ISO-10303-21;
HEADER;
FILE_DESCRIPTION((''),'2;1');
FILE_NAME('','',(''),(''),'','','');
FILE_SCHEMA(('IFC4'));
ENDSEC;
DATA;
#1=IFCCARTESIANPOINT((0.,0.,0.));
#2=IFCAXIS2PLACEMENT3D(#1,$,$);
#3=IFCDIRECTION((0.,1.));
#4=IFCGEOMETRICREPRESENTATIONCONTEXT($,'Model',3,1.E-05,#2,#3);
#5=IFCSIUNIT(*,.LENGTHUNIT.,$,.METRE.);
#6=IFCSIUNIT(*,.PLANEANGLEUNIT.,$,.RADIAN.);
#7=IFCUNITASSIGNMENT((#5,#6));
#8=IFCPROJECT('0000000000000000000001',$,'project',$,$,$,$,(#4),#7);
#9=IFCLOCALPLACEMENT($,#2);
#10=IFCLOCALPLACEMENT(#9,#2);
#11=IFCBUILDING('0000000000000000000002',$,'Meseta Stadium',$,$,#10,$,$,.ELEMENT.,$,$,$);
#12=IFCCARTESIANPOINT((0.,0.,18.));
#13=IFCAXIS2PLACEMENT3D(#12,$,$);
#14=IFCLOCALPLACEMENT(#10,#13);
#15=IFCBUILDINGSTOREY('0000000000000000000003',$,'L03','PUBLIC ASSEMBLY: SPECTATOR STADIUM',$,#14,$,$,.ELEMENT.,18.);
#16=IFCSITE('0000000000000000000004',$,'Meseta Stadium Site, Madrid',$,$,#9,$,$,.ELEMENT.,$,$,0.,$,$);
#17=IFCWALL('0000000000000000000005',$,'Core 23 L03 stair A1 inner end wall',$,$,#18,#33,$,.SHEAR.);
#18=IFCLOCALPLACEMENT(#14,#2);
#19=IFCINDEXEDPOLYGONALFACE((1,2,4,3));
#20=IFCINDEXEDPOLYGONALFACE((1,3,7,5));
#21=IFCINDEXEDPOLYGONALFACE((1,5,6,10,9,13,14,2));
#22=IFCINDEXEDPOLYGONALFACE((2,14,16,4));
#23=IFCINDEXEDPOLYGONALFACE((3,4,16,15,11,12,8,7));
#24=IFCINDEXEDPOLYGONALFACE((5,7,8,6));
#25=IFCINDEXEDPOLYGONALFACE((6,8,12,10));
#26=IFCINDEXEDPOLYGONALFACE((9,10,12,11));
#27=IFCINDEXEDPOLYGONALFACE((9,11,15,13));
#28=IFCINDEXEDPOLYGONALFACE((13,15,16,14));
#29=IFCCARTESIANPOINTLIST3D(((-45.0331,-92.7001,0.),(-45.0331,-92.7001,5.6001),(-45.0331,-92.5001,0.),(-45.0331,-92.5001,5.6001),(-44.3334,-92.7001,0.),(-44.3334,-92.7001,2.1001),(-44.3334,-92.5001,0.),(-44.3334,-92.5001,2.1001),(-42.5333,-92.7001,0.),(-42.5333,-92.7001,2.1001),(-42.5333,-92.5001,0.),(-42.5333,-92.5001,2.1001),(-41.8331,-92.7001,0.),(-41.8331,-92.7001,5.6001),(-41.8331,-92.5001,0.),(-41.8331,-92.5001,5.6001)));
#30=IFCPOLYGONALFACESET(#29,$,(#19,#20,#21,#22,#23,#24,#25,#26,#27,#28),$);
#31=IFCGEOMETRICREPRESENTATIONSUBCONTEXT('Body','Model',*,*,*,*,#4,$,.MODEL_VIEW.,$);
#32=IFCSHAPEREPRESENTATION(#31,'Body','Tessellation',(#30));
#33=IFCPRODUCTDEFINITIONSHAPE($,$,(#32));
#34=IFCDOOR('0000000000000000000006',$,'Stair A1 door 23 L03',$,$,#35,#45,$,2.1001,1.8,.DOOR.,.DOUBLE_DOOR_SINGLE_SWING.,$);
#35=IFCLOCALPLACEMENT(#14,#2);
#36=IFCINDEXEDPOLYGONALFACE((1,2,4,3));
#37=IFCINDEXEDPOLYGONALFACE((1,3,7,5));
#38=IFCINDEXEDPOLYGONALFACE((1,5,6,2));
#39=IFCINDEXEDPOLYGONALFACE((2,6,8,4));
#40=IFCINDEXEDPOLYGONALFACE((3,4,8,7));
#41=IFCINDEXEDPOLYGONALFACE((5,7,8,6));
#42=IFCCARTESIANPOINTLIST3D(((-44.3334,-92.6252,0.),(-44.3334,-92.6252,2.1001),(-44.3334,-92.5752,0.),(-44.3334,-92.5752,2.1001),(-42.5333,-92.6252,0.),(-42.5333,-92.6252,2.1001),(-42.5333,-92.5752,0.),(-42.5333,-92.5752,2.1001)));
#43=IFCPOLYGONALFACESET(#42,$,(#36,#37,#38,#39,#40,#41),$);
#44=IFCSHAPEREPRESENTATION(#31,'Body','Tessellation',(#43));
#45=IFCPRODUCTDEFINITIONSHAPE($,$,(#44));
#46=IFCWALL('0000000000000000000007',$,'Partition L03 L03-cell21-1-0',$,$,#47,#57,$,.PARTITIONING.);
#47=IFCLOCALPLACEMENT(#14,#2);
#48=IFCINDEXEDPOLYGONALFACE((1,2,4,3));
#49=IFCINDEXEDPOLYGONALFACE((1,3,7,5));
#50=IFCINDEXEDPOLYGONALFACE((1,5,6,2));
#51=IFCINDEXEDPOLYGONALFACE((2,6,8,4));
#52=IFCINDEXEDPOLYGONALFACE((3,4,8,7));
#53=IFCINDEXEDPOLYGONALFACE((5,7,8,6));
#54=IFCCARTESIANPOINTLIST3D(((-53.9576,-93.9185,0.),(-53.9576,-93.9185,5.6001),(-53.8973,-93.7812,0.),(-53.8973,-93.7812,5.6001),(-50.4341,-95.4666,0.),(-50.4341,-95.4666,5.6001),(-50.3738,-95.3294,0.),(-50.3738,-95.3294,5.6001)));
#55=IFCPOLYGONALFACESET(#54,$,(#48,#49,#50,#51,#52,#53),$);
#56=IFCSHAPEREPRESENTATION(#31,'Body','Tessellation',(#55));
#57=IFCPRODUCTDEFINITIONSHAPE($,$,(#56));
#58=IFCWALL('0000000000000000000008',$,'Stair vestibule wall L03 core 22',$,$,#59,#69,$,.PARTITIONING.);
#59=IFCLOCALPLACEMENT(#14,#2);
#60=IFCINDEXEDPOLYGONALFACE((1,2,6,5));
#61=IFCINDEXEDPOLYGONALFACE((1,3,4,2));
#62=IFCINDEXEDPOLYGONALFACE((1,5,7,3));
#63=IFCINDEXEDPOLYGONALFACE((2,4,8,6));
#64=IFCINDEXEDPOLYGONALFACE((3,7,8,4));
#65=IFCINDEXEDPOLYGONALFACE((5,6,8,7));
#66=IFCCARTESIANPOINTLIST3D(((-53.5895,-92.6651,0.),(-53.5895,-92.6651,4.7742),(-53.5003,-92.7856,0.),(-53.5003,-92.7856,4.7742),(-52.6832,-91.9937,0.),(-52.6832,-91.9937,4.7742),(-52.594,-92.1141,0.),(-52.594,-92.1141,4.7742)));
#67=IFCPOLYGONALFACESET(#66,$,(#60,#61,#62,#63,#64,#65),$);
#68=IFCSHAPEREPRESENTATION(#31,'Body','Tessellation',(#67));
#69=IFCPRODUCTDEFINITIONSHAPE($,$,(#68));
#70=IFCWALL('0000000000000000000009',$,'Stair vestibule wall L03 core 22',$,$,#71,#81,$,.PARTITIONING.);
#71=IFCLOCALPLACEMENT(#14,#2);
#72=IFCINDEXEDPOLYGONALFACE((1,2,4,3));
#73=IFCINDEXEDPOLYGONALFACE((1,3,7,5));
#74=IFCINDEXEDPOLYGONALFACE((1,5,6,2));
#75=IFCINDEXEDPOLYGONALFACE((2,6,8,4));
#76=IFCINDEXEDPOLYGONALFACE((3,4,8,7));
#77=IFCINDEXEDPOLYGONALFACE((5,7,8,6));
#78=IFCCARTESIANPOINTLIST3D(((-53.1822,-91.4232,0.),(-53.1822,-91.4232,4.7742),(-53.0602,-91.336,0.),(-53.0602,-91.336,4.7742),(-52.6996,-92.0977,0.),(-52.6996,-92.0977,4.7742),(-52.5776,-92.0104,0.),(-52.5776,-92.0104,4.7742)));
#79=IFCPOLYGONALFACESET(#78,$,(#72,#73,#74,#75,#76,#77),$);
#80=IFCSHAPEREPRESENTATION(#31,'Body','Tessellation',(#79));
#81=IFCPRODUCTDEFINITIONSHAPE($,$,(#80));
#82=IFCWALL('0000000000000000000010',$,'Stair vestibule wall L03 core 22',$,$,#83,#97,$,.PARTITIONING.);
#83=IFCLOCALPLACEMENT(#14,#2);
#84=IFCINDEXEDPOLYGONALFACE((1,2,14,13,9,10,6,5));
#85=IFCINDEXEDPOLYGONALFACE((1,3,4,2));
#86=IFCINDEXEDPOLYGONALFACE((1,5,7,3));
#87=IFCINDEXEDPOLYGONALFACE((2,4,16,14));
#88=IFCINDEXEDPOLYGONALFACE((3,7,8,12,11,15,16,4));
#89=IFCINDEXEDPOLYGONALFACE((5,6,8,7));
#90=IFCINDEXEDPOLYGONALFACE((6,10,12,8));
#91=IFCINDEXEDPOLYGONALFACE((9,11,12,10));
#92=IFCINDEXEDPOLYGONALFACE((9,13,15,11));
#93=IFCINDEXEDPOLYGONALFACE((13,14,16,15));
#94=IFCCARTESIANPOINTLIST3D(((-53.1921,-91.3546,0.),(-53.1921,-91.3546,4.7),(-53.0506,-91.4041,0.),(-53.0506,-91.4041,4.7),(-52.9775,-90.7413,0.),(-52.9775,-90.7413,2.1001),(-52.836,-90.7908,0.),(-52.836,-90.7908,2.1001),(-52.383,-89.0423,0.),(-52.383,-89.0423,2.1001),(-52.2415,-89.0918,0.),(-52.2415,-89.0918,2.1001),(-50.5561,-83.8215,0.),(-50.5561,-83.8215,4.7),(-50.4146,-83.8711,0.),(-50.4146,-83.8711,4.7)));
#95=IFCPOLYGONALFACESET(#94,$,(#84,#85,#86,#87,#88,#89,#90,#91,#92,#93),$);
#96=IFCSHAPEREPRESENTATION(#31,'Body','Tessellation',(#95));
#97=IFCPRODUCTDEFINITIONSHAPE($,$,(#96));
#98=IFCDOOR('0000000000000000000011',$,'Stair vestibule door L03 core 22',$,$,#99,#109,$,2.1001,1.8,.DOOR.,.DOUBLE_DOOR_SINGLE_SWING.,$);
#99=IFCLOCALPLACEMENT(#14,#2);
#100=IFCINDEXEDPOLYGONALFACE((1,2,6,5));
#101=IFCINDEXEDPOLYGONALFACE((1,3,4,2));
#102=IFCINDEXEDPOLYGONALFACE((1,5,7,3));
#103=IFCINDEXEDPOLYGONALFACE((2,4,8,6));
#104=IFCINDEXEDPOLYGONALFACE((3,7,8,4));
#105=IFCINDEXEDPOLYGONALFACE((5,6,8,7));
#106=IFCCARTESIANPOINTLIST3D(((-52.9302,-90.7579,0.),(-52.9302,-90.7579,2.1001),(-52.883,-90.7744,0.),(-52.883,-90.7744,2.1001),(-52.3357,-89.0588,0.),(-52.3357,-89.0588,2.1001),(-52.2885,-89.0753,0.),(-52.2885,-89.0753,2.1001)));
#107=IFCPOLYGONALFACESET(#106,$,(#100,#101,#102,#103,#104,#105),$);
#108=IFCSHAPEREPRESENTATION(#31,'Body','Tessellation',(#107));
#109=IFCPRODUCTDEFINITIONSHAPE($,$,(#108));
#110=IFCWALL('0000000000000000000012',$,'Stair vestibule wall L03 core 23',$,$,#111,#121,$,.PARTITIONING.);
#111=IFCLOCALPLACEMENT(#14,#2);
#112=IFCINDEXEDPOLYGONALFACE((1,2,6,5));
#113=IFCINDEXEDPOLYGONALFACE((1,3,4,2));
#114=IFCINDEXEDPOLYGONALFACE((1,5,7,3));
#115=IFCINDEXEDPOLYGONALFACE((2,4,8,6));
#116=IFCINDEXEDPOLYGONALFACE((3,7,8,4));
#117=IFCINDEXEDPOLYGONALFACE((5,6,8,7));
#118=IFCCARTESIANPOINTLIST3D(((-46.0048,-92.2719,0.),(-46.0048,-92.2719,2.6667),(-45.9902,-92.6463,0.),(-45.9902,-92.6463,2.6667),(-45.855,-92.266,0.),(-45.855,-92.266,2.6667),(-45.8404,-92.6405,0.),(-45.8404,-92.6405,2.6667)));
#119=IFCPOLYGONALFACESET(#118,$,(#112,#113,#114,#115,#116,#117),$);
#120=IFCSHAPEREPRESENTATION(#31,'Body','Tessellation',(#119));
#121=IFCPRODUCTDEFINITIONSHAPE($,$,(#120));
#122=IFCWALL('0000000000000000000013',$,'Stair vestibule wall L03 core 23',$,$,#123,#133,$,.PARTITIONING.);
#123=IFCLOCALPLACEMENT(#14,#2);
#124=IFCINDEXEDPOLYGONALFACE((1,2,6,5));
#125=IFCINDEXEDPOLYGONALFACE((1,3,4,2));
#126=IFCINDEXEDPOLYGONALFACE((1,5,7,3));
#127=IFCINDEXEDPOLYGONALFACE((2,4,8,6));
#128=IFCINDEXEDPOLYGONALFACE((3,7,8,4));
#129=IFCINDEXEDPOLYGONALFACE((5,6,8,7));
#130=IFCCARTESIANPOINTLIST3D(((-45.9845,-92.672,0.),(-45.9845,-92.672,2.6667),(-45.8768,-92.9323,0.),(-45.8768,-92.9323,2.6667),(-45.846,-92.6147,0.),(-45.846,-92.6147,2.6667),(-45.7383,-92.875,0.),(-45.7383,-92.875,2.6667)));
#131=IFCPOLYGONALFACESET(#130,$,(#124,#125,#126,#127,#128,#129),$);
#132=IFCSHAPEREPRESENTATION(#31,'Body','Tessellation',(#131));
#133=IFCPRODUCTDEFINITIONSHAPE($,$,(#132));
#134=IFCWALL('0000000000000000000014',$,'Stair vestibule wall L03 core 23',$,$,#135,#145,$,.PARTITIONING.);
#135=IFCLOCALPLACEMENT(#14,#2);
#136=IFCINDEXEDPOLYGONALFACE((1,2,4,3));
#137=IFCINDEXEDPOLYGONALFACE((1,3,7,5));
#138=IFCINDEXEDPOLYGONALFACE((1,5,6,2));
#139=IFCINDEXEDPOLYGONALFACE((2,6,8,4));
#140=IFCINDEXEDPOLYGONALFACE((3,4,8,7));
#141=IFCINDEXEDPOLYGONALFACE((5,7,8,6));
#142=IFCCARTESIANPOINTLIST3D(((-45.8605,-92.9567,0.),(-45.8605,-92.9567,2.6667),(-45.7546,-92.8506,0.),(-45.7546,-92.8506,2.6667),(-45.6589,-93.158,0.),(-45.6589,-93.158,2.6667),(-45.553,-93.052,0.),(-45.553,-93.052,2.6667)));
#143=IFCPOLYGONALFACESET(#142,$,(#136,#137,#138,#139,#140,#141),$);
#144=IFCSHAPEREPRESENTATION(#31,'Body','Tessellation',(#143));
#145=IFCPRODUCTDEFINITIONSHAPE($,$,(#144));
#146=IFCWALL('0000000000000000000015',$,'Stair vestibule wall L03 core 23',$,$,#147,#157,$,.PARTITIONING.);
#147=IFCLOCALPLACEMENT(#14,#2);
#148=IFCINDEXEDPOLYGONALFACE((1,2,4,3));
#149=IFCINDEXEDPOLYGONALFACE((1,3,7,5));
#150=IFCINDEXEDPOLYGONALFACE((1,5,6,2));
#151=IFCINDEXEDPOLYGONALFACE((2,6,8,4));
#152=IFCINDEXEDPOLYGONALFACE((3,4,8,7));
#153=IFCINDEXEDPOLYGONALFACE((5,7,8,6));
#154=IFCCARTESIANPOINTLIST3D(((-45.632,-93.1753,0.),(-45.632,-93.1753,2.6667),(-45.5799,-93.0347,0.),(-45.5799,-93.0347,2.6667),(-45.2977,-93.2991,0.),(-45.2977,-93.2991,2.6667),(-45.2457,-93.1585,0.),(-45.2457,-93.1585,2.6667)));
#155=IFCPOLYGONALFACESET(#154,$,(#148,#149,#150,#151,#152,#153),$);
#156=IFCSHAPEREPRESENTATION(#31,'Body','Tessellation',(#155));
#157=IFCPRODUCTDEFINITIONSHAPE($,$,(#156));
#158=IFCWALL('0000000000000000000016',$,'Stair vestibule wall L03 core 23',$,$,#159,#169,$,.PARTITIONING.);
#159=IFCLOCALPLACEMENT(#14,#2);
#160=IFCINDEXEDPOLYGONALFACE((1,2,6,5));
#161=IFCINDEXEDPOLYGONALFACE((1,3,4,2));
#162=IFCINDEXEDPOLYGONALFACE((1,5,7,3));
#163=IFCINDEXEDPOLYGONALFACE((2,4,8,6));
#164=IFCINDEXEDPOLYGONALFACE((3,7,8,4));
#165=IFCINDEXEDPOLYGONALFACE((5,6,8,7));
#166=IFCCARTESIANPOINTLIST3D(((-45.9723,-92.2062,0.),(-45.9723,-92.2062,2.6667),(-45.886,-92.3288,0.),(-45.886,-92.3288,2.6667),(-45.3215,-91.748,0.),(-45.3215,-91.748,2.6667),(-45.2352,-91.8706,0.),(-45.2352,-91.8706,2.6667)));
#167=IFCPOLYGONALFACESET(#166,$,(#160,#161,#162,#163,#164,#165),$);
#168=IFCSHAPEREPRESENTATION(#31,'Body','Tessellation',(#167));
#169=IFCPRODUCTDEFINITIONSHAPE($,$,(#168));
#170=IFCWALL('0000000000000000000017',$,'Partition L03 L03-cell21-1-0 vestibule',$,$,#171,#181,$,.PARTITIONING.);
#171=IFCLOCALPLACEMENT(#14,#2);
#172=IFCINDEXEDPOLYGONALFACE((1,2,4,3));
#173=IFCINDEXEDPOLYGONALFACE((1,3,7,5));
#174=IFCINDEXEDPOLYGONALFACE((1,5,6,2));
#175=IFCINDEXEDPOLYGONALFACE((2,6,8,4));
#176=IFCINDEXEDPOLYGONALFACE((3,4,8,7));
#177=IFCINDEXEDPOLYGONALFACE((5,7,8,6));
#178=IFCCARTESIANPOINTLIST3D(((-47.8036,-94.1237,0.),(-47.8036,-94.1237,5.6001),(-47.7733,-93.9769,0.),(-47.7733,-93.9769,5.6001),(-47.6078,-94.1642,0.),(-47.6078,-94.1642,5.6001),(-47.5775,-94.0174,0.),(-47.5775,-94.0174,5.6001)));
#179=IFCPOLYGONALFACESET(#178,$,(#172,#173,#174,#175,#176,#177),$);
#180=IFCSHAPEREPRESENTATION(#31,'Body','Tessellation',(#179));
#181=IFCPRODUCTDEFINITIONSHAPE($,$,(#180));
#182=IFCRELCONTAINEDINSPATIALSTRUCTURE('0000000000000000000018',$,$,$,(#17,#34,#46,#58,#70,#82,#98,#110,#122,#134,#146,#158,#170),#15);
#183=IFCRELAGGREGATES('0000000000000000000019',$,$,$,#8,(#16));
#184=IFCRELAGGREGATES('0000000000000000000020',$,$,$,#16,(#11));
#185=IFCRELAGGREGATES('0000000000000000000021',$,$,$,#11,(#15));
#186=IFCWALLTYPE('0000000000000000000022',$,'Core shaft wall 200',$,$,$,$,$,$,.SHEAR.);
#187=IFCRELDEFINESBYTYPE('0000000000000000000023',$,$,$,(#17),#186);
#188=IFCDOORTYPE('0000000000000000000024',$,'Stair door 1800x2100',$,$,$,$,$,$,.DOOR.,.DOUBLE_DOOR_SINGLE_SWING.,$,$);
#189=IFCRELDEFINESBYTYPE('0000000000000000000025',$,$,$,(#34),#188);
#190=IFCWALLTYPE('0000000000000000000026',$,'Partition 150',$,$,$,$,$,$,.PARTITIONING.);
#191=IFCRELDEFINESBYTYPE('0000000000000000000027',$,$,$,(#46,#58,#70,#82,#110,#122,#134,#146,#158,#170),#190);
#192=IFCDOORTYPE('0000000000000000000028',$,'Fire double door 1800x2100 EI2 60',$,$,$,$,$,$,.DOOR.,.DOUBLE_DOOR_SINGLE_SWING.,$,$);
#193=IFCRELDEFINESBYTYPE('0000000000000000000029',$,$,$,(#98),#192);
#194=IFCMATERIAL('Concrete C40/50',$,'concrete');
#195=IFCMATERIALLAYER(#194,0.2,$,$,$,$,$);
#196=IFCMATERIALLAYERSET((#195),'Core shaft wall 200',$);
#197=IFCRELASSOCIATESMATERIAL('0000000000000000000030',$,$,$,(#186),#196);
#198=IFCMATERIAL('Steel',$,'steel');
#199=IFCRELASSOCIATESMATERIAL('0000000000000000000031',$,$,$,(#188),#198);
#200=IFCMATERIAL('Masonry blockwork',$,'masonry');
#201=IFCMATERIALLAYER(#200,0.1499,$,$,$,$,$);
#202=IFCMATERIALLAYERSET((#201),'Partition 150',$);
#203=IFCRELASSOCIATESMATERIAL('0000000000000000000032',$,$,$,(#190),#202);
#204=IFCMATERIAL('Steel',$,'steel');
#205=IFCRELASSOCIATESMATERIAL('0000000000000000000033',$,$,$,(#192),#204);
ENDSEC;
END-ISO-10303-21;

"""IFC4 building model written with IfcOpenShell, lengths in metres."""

from ifc_helpers import new_model, si_unit, direction, frame, frame_2d, origin, place, context, subcontext, project, spatial, rectangle, extrude, material, layer, layer_set, type_object, element, fill, save


model = new_model("IFC4")

# Units and contexts
model_context = context("Model", 3, precision=1e-05, world=origin(), true_north=direction((0.0, 1.0)))
body_context = subcontext(model_context, "Body", "Model", "MODEL_VIEW")
ifc_project = project(units=[si_unit("LENGTHUNIT", "METRE"), si_unit("PLANEANGLEUNIT", "RADIAN")], contexts=[model_context])

# Site, building, storey
site_placement = place(None, origin())
site = spatial("IfcSite", under=ifc_project, at=site_placement, Name="Meseta Stadium Site, Madrid", CompositionType="ELEMENT", RefElevation=0.0)
building_placement = place(site_placement, origin())
building = spatial("IfcBuilding", under=site, at=building_placement, Name="Meseta Stadium", CompositionType="ELEMENT")
storey_placement = place(building_placement, frame((0.0, 0.0, 18.0)))
storey = spatial("IfcBuildingStorey", under=building, at=storey_placement, Name="L03", Description="PUBLIC ASSEMBLY: SPECTATOR STADIUM", CompositionType="ELEMENT", Elevation=18.0)

# Wall, opening, door
ifc_material_1 = material(Name="Concrete C40/50", Category="concrete")
ifc_layer_1 = layer(ifc_material_1, 0.2)
ifc_layer_set_1 = layer_set([ifc_layer_1], Name="Core shaft wall 200")
wall_type_1 = type_object("IfcWallType", Name="Core shaft wall 200", PredefinedType="SHEAR", material=ifc_layer_set_1)
wall_1_placement = place(storey_placement, frame((-45.0332, -92.6001, 0.0), z_axis=(0.0, 0.0, 1.0), x_axis=(1.0, 0.0, 0.0)))
wall_1 = element("IfcWall", 1, at=wall_1_placement, inside=storey, type_object=wall_type_1, Name="Core 23 L03 stair A1 inner end wall", PredefinedType="SHEAR", context=body_context, shape_type="SweptSolid", body=[
    extrude(rectangle(XDim=3.2, YDim=0.2, at=frame_2d((1.6001, 0.0))), origin(), (0.0, 0.0, 1.0), 5.6001),
])
opening_1_placement = place(wall_1_placement, frame((0.7, 0.0, 0.0)))
opening_1 = element("IfcOpeningElement", 2, at=opening_1_placement, cuts=wall_1, PredefinedType="OPENING", context=body_context, shape_type="SweptSolid", body=[
    extrude(rectangle(XDim=1.8, YDim=2.1001, at=frame_2d((0.8999, 1.05))), frame((0.0, 0.1099, 0.0), z_axis=(0.0, -1.0, 0.0), x_axis=(1.0, 0.0, 0.0)), (0.0, 0.0, 1.0), 0.22),
])
ifc_material_2 = material(Name="Steel", Category="steel")
door_type_1 = type_object("IfcDoorType", Name="Stair door 1800x2100", OperationType="DOUBLE_DOOR_SINGLE_SWING", PredefinedType="DOOR", material=ifc_material_2)
door_1_placement = place(opening_1_placement, origin())
door_1 = element("IfcDoor", 3, at=door_1_placement, inside=storey, type_object=door_type_1, Name="Stair A1 door 23 L03", OperationType="DOUBLE_DOOR_SINGLE_SWING", OverallHeight=2.1001, OverallWidth=1.8, PredefinedType="DOOR", context=body_context, shape_type="SweptSolid", body=[
    extrude(rectangle(XDim=1.8, YDim=2.1001, at=frame_2d((0.8999, 1.05))), frame((0.0, 0.0249, 0.0), z_axis=(0.0, -1.0, 0.0), x_axis=(1.0, 0.0, 0.0)), (0.0, 0.0, 1.0), 0.05),
])
fill(opening_1, door_1)

# Walls
ifc_material_3 = material(Name="Masonry blockwork", Category="masonry")
ifc_layer_2 = layer(ifc_material_3, 0.1499)
ifc_layer_set_2 = layer_set([ifc_layer_2], Name="Partition 150")
wall_type_2 = type_object("IfcWallType", Name="Partition 150", PredefinedType="PARTITIONING", material=ifc_layer_set_2)
wall_2_placement = place(storey_placement, frame((-53.9275, -93.8499, 0.0), z_axis=(0.0, 0.0, 1.0), x_axis=(0.915527, -0.402256, 0.0)))
element("IfcWall", 4, at=wall_2_placement, inside=storey, type_object=wall_type_2, Name="Partition L03 L03-cell21-1-0", PredefinedType="PARTITIONING", context=body_context, shape_type="SweptSolid", body=[
    extrude(rectangle(XDim=3.8486, YDim=0.1499, at=frame_2d((1.9243, 0.0))), origin(), (0.0, 0.0, 1.0), 5.6001),
])
wall_3_placement = place(storey_placement, frame((-53.5449, -92.7253, 0.0), z_axis=(0.0, 0.0, 1.0), x_axis=(0.803519, 0.595279, 0.0)))
element("IfcWall", 5, at=wall_3_placement, inside=storey, type_object=wall_type_2, Name="Stair vestibule wall L03 core 22", PredefinedType="PARTITIONING", context=body_context, shape_type="SweptSolid", body=[
    extrude(rectangle(XDim=1.1279, YDim=0.1499, at=frame_2d((0.564, 0.0))), origin(), (0.0, 0.0, 1.0), 4.7742),
])
wall_4_placement = place(storey_placement, frame((-52.6387, -92.054, 0.0), z_axis=(0.0, 0.0, 1.0), x_axis=(-0.581906, 0.813256, 0.0)))
element("IfcWall", 6, at=wall_4_placement, inside=storey, type_object=wall_type_2, Name="Stair vestibule wall L03 core 22", PredefinedType="PARTITIONING", context=body_context, shape_type="SweptSolid", body=[
    extrude(rectangle(XDim=0.8293, YDim=0.1499, at=frame_2d((0.4146, 0.0))), origin(), (0.0, 0.0, 1.0), 4.7742),
])

# Wall, opening, door
wall_5_placement = place(storey_placement, frame((-53.1213, -91.3794, 0.0), z_axis=(0.0, 0.0, 1.0), x_axis=(0.33028, 0.943883, 0.0)))
wall_5 = element("IfcWall", 7, at=wall_5_placement, inside=storey, type_object=wall_type_2, Name="Stair vestibule wall L03 core 22", PredefinedType="PARTITIONING", context=body_context, shape_type="SweptSolid", body=[
    extrude(rectangle(XDim=7.981, YDim=0.1499, at=frame_2d((3.9905, 0.0))), origin(), (0.0, 0.0, 1.0), 4.7),
])
opening_2_placement = place(wall_5_placement, frame((0.6499, 0.0, 0.0)))
opening_2 = element("IfcOpeningElement", 8, at=opening_2_placement, cuts=wall_5, PredefinedType="OPENING", context=body_context, shape_type="SweptSolid", body=[
    extrude(rectangle(XDim=1.8, YDim=2.1001, at=frame_2d((0.8999, 1.05))), frame((0.0, 0.085, 0.0), z_axis=(0.0, -1.0, 0.0), x_axis=(1.0, 0.0, 0.0)), (0.0, 0.0, 1.0), 0.1699),
])
ifc_material_4 = material(Name="Steel", Category="steel")
door_type_2 = type_object("IfcDoorType", Name="Fire double door 1800x2100 EI2 60", OperationType="DOUBLE_DOOR_SINGLE_SWING", PredefinedType="DOOR", material=ifc_material_4)
door_2_placement = place(opening_2_placement, origin())
door_2 = element("IfcDoor", 9, at=door_2_placement, inside=storey, type_object=door_type_2, Name="Stair vestibule door L03 core 22", OperationType="DOUBLE_DOOR_SINGLE_SWING", OverallHeight=2.1001, OverallWidth=1.8, PredefinedType="DOOR", context=body_context, shape_type="SweptSolid", body=[
    extrude(rectangle(XDim=1.8, YDim=2.1001, at=frame_2d((0.8999, 1.05))), frame((0.0, 0.0249, 0.0), z_axis=(0.0, -1.0, 0.0), x_axis=(1.0, 0.0, 0.0)), (0.0, 0.0, 1.0), 0.05),
])
fill(opening_2, door_2)

# Walls
wall_6_placement = place(storey_placement, frame((-45.9299, -92.2688, 0.0), z_axis=(0.0, 0.0, 1.0), x_axis=(0.039084, -0.999236, 0.0)))
element("IfcWall", 10, at=wall_6_placement, inside=storey, type_object=wall_type_2, Name="Stair vestibule wall L03 core 23", PredefinedType="PARTITIONING", context=body_context, shape_type="SweptSolid", body=[
    extrude(rectangle(XDim=0.3748, YDim=0.1499, at=frame_2d((0.1875, 0.0))), origin(), (0.0, 0.0, 1.0), 2.6667),
])
wall_7_placement = place(storey_placement, frame((-45.9153, -92.6433, 0.0), z_axis=(0.0, 0.0, 1.0), x_axis=(0.382275, -0.924049, 0.0)))
element("IfcWall", 11, at=wall_7_placement, inside=storey, type_object=wall_type_2, Name="Stair vestibule wall L03 core 23", PredefinedType="PARTITIONING", context=body_context, shape_type="SweptSolid", body=[
    extrude(rectangle(XDim=0.2817, YDim=0.1499, at=frame_2d((0.1409, 0.0))), origin(), (0.0, 0.0, 1.0), 2.6667),
])
wall_8_placement = place(storey_placement, frame((-45.8076, -92.9036, 0.0), z_axis=(0.0, 0.0, 1.0), x_axis=(0.707535, -0.706678, 0.0)))
element("IfcWall", 12, at=wall_8_placement, inside=storey, type_object=wall_type_2, Name="Stair vestibule wall L03 core 23", PredefinedType="PARTITIONING", context=body_context, shape_type="SweptSolid", body=[
    extrude(rectangle(XDim=0.2849, YDim=0.1499, at=frame_2d((0.1426, 0.0))), origin(), (0.0, 0.0, 1.0), 2.6667),
])
wall_9_placement = place(storey_placement, frame((-45.606, -93.105, 0.0), z_axis=(0.0, 0.0, 1.0), x_axis=(0.937757, -0.347292, 0.0)))
element("IfcWall", 13, at=wall_9_placement, inside=storey, type_object=wall_type_2, Name="Stair vestibule wall L03 core 23", PredefinedType="PARTITIONING", context=body_context, shape_type="SweptSolid", body=[
    extrude(rectangle(XDim=0.3564, YDim=0.1499, at=frame_2d((0.1782, 0.0))), origin(), (0.0, 0.0, 1.0), 2.6667),
])
wall_10_placement = place(storey_placement, frame((-45.2783, -91.8093, 0.0), z_axis=(0.0, 0.0, 1.0), x_axis=(-0.817673, -0.575683, 0.0)))
element("IfcWall", 14, at=wall_10_placement, inside=storey, type_object=wall_type_2, Name="Stair vestibule wall L03 core 23", PredefinedType="PARTITIONING", context=body_context, shape_type="SweptSolid", body=[
    extrude(rectangle(XDim=0.7959, YDim=0.1499, at=frame_2d((0.3979, 0.0))), origin(), (0.0, 0.0, 1.0), 2.6667),
])
wall_11_placement = place(storey_placement, frame((-47.7886, -94.0503, 0.0), z_axis=(0.0, 0.0, 1.0), x_axis=(0.979244, -0.202686, 0.0)))
element("IfcWall", 15, at=wall_11_placement, inside=storey, type_object=wall_type_2, Name="Partition L03 L03-cell21-1-0 vestibule", PredefinedType="PARTITIONING", context=body_context, shape_type="SweptSolid", body=[
    extrude(rectangle(XDim=0.2, YDim=0.1499, at=frame_2d((0.1001, 0.0))), origin(), (0.0, 0.0, 1.0), 5.6001),
])

save(model, "model.ifc")
